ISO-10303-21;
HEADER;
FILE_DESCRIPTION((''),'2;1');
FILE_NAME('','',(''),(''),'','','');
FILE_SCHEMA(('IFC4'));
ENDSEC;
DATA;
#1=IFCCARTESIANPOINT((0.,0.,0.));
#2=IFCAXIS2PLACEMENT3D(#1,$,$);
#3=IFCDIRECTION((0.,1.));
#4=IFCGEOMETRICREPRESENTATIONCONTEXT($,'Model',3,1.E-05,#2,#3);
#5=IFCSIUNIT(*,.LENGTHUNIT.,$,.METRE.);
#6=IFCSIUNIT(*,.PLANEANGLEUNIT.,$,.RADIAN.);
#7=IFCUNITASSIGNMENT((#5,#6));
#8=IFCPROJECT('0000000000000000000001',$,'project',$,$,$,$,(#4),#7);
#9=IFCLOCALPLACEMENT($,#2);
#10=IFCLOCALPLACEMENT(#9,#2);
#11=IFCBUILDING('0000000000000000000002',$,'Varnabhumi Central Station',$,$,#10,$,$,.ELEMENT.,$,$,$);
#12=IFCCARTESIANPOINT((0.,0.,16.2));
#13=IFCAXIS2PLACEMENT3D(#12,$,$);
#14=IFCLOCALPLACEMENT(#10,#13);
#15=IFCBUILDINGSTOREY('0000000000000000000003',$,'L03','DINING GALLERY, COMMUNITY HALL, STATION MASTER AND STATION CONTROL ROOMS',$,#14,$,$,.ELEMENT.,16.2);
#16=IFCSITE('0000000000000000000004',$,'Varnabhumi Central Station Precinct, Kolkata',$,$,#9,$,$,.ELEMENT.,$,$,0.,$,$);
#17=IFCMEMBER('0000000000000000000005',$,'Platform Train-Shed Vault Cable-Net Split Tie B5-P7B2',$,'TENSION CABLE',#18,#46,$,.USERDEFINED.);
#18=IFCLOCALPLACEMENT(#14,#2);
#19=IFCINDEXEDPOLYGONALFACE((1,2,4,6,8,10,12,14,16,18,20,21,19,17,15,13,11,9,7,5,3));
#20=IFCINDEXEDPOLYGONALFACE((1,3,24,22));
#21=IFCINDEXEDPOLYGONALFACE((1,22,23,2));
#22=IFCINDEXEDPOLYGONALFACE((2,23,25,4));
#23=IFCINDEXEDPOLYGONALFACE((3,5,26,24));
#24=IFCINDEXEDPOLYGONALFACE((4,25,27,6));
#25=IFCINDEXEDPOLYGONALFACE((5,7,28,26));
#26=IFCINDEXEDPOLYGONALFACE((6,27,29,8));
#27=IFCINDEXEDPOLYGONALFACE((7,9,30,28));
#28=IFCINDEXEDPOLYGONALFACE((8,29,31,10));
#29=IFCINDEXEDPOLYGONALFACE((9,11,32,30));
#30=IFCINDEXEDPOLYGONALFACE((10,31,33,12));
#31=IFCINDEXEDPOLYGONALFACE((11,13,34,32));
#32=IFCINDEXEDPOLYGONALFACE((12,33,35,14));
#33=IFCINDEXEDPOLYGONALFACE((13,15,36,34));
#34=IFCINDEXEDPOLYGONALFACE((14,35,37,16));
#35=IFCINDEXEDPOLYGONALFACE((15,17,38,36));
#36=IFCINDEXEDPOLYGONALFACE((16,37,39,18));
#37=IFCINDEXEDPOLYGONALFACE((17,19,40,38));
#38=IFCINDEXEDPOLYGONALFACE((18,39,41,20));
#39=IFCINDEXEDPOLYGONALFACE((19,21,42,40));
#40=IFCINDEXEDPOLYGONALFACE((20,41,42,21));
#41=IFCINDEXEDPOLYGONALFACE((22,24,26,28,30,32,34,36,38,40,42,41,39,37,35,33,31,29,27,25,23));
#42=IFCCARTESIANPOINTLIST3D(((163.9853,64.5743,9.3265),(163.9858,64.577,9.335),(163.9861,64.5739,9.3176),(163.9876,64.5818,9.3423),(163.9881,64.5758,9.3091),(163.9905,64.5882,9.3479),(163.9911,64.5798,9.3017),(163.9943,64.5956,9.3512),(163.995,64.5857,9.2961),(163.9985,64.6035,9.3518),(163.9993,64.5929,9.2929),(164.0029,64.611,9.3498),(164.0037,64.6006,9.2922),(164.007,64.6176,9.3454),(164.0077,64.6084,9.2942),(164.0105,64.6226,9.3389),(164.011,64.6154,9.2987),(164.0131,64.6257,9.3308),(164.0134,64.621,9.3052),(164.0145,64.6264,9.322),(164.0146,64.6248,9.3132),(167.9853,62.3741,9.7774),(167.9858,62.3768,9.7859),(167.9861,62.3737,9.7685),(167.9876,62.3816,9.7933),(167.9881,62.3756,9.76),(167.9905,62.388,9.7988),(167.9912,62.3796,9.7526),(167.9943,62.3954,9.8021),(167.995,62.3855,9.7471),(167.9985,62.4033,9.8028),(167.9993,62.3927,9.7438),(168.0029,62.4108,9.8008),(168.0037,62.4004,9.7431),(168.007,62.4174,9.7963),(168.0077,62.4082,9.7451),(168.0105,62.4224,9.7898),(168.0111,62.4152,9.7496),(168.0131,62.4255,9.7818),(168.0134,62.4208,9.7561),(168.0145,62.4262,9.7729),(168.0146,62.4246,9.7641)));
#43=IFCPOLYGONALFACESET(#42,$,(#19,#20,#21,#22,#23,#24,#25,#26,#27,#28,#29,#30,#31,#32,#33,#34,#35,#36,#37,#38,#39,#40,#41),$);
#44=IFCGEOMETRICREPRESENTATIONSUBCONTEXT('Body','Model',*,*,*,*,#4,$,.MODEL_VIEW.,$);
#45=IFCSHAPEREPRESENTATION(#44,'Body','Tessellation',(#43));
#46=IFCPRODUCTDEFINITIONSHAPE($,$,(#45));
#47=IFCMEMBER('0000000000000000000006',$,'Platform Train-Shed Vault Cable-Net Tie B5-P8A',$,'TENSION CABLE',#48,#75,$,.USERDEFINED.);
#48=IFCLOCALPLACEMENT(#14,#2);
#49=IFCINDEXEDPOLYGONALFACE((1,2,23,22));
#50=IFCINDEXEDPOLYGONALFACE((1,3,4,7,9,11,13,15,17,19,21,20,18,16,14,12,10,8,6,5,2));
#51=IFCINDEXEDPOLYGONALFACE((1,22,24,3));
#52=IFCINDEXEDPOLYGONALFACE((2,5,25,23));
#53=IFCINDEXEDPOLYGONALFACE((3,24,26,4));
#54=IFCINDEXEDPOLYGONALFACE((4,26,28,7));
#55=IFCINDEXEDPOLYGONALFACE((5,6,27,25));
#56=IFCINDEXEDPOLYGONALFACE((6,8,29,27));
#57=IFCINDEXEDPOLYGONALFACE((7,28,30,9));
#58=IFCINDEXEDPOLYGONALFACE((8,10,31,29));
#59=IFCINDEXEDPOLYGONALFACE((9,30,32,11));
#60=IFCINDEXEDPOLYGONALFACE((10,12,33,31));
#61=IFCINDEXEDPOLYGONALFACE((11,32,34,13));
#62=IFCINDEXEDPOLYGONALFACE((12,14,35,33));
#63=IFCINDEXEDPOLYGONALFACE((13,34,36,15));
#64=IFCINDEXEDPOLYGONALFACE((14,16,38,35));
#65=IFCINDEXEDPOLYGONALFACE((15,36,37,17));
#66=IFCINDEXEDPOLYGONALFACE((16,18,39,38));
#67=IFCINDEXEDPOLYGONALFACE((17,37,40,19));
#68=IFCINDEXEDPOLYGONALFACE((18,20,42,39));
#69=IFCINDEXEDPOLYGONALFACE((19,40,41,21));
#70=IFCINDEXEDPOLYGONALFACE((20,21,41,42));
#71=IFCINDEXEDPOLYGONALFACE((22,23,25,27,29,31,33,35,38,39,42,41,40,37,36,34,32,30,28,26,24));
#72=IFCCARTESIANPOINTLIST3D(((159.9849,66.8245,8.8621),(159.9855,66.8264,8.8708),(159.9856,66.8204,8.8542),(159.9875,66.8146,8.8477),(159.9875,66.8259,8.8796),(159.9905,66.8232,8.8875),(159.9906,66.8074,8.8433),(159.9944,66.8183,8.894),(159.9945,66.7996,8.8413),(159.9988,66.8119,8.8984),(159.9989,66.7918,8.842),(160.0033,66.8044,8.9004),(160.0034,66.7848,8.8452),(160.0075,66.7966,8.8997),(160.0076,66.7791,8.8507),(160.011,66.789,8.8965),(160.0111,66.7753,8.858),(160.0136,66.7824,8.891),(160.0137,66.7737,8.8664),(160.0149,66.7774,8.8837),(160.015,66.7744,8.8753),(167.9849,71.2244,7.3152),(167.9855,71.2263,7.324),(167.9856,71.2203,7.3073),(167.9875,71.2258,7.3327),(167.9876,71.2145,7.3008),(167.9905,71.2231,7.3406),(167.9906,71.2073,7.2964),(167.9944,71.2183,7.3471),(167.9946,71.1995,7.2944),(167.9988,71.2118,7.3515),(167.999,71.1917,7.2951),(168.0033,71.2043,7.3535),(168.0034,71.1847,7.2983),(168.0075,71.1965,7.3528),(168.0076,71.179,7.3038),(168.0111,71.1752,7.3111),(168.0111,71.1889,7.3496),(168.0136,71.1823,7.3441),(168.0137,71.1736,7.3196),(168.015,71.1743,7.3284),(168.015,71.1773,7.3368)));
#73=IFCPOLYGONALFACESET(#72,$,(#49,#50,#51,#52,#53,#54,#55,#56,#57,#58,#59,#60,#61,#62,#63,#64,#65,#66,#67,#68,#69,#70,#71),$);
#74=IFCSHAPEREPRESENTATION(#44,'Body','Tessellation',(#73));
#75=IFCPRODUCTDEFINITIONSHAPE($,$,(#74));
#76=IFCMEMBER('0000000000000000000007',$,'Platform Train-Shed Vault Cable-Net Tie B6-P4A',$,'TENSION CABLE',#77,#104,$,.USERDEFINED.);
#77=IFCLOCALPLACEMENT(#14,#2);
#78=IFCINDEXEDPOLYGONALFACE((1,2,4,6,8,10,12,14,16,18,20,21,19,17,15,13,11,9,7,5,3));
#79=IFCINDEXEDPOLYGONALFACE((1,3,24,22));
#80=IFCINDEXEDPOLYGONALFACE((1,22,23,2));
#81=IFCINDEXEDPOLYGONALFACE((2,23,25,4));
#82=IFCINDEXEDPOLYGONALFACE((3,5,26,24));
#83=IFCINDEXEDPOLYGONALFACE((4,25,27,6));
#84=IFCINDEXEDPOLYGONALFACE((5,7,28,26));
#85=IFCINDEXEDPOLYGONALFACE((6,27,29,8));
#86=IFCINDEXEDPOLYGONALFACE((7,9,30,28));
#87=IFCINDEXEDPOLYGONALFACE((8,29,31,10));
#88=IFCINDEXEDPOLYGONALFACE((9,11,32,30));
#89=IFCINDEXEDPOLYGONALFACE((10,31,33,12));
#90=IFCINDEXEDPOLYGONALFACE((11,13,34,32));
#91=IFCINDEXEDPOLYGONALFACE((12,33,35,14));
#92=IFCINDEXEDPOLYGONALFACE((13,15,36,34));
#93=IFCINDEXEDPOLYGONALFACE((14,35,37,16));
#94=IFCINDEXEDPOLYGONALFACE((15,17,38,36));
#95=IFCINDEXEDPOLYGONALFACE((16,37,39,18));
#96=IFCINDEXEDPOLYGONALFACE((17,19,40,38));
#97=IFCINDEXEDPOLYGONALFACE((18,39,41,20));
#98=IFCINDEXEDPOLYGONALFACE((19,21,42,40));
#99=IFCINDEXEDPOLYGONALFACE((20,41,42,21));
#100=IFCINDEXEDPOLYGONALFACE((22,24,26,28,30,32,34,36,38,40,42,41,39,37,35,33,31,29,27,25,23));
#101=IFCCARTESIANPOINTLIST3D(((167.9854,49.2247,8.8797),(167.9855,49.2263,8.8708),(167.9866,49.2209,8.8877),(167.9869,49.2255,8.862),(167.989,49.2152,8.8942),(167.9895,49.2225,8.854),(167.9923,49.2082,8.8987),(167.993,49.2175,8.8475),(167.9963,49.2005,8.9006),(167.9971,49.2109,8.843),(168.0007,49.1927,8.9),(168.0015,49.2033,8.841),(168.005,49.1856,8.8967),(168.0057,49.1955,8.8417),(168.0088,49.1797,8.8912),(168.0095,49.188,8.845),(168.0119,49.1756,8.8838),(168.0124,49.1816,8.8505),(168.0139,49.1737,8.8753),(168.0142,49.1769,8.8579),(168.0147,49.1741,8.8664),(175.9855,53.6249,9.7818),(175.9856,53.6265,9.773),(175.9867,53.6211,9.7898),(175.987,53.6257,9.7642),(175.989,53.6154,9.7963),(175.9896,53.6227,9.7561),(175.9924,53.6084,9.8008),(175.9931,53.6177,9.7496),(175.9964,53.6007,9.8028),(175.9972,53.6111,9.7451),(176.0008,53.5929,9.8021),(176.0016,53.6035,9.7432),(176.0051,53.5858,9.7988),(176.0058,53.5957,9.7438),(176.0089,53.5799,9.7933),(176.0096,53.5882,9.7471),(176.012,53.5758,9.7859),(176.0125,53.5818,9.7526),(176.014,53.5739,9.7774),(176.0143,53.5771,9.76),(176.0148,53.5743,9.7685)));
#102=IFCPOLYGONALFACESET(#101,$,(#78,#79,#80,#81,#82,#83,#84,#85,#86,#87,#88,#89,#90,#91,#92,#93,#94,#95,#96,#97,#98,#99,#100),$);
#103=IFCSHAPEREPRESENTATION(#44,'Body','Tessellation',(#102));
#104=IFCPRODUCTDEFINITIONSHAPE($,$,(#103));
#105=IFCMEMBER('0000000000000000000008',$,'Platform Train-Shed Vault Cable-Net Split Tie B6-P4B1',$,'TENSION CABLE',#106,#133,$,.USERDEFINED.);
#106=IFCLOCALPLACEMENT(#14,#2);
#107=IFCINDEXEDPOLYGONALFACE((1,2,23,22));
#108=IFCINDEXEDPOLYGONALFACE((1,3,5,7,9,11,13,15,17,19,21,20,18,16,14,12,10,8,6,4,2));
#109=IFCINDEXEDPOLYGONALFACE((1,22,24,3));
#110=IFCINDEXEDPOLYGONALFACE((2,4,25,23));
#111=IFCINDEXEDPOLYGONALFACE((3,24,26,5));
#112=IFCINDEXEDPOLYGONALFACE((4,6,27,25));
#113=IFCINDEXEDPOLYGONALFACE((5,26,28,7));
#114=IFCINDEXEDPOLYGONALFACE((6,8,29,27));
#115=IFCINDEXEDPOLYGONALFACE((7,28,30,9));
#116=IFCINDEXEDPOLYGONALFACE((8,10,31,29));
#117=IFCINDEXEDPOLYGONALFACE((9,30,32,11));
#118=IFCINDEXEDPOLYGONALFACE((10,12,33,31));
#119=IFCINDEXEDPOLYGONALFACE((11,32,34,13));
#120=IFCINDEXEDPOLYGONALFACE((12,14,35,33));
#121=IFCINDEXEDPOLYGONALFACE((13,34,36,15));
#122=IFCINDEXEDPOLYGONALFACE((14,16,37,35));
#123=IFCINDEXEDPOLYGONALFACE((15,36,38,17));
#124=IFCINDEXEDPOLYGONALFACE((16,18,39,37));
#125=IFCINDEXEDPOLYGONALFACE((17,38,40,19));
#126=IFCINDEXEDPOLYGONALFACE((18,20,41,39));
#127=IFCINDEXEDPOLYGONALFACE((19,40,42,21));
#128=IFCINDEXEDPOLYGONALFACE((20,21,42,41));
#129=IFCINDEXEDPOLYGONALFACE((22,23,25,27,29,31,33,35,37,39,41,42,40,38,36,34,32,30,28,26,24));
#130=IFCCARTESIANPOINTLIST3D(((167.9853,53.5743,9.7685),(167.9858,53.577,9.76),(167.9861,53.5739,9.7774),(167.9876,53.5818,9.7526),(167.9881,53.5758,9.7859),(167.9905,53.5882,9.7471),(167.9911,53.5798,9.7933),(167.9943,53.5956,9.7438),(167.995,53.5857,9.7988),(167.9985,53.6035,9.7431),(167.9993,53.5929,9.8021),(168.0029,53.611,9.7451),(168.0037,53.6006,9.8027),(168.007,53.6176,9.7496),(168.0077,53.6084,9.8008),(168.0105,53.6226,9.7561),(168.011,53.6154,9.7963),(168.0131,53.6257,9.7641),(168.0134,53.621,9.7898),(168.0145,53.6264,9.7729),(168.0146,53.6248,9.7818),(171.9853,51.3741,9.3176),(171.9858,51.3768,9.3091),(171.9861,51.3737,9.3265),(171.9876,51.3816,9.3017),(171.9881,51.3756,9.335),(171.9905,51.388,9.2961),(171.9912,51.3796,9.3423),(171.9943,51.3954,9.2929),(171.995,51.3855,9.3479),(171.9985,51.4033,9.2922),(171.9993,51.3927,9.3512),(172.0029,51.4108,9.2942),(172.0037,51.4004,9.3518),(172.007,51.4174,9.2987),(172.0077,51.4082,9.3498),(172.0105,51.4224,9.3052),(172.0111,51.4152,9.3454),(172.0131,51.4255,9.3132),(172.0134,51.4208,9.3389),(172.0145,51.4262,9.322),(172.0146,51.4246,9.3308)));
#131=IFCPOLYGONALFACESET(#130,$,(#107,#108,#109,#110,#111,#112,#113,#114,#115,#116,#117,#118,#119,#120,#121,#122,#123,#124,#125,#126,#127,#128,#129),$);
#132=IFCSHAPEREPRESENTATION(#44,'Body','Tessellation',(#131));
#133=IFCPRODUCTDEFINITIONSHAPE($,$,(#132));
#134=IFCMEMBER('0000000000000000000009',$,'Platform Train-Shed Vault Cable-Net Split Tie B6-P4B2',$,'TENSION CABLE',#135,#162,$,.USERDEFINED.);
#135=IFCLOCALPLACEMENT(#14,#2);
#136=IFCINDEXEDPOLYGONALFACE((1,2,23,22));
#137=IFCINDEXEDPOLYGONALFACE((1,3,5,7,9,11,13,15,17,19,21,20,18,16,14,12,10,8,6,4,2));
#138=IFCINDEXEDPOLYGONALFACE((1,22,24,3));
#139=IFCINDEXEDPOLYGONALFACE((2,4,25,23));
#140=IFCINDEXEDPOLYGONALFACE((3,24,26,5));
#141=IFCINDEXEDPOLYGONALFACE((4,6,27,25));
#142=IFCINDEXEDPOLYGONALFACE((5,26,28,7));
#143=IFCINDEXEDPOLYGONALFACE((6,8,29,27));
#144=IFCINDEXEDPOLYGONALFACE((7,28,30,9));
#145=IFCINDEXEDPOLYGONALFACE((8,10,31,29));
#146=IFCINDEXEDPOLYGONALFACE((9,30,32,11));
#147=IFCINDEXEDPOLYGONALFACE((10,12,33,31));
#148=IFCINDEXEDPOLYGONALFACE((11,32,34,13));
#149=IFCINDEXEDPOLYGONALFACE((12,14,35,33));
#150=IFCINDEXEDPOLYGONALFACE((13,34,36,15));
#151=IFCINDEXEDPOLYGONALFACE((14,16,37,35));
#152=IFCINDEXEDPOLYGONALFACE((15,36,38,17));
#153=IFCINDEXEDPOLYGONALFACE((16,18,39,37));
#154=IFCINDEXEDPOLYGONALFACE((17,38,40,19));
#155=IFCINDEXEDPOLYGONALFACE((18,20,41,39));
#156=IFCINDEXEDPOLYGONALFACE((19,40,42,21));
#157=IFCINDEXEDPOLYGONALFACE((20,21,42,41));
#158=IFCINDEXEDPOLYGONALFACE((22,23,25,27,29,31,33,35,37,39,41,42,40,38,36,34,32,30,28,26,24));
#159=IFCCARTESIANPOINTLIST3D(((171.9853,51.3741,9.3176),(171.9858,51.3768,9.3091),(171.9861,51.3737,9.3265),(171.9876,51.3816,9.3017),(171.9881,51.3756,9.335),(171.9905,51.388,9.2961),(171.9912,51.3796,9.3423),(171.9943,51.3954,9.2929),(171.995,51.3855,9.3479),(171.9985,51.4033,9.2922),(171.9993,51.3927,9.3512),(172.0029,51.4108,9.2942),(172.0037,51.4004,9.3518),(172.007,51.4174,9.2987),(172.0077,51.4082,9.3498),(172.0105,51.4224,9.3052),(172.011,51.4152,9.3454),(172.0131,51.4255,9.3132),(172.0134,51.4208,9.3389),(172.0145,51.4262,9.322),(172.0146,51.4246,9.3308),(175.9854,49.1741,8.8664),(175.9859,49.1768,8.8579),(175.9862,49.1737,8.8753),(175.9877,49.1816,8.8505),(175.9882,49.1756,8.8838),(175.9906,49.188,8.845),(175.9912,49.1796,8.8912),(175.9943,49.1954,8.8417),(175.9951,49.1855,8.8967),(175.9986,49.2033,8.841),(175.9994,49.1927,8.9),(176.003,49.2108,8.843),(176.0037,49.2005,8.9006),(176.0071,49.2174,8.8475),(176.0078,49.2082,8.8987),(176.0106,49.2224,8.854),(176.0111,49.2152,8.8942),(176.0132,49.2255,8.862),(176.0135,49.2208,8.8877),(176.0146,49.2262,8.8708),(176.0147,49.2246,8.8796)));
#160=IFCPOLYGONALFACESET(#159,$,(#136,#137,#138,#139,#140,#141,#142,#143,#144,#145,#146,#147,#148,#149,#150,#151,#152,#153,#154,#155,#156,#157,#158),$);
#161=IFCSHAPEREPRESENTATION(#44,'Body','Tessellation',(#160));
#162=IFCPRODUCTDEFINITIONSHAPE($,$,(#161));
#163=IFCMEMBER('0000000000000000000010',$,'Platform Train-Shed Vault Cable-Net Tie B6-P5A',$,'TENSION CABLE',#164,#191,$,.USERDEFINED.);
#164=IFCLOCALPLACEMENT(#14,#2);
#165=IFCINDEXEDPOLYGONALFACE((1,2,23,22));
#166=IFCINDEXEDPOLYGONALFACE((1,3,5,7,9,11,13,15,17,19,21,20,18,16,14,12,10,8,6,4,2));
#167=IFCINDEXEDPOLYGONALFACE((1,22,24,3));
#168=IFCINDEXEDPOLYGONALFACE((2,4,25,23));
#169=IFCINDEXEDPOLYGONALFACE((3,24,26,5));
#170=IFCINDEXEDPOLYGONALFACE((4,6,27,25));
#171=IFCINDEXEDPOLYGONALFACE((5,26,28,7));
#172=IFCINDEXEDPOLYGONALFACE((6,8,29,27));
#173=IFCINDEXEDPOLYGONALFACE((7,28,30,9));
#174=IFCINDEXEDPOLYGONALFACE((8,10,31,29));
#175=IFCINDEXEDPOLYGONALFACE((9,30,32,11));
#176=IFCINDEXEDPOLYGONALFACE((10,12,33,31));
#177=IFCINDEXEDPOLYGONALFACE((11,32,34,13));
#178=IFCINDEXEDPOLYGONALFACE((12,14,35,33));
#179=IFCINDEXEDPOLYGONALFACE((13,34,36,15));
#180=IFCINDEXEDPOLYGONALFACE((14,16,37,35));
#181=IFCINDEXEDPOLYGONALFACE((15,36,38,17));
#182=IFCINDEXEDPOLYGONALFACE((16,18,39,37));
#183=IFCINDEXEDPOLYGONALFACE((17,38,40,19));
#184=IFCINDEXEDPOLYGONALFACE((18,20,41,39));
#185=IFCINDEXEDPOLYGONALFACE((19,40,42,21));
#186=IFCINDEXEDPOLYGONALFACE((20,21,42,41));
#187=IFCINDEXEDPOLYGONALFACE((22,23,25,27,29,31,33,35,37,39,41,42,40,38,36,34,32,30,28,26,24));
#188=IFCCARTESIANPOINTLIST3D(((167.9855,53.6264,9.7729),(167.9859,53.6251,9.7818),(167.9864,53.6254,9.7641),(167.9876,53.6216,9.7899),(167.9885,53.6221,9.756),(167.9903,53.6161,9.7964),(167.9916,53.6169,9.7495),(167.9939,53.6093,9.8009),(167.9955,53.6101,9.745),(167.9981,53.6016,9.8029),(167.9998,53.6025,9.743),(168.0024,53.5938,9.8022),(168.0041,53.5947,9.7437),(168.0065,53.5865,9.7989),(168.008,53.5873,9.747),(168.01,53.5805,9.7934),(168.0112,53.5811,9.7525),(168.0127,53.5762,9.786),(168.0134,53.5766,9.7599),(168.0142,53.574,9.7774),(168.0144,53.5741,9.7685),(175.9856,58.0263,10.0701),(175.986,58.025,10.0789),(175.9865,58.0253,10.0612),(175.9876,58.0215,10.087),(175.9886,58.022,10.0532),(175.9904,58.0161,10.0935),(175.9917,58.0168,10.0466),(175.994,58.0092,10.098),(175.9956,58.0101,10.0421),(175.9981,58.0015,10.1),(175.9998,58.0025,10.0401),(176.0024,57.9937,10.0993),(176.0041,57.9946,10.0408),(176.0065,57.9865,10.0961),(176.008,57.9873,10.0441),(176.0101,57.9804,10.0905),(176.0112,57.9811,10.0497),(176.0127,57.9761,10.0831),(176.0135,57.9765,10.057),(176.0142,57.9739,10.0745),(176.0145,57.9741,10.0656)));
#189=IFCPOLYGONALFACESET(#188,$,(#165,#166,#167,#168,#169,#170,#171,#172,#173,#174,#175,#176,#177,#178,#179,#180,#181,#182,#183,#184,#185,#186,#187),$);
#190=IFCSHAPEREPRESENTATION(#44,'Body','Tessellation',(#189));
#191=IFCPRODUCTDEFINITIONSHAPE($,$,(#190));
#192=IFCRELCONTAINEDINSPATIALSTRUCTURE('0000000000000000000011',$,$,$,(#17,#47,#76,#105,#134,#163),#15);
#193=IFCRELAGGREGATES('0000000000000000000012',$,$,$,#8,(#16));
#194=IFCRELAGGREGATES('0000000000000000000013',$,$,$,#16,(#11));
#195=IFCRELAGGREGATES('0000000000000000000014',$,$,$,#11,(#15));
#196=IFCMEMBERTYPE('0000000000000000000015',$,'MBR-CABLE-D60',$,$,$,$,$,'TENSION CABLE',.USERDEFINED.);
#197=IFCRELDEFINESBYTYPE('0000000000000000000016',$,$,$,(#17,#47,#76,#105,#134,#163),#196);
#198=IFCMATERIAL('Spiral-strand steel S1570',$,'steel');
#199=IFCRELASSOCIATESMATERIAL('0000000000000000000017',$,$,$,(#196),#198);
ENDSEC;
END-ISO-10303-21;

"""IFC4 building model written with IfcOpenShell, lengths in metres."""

from ifc_helpers import new_model, si_unit, direction, frame, origin, origin_2d, place, context, subcontext, project, spatial, circle, extrude, material, material_profile, profile_set, type_object, element, save


model = new_model("IFC4")

# Units and contexts
model_context = context("Model", 3, precision=1e-05, world=origin(), true_north=direction((0.0, 1.0)))
body_context = subcontext(model_context, "Body", "Model", "MODEL_VIEW")
ifc_project = project(units=[si_unit("LENGTHUNIT", "METRE"), si_unit("PLANEANGLEUNIT", "RADIAN")], contexts=[model_context])

# Site, building, storey
site_placement = place(None, origin())
site = spatial("IfcSite", under=ifc_project, at=site_placement, Name="Varnabhumi Central Station Precinct, Kolkata", CompositionType="ELEMENT", RefElevation=0.0)
building_placement = place(site_placement, origin())
building = spatial("IfcBuilding", under=site, at=building_placement, Name="Varnabhumi Central Station", CompositionType="ELEMENT")
storey_placement = place(building_placement, frame((0.0, 0.0, 16.2)))
storey = spatial("IfcBuildingStorey", under=building, at=storey_placement, Name="L03", Description="DINING GALLERY, COMMUNITY HALL, STATION MASTER AND STATION CONTROL ROOMS", CompositionType="ELEMENT", Elevation=16.2)

# Members
ifc_material_1 = material(Name="Spiral-strand steel S1570", Category="steel")
ifc_material_profile_1 = material_profile(ifc_material_1, circle(Radius=0.03, at=origin_2d()), Name="Spiral-strand steel S1570", Category="steel")
ifc_profile_set_1 = profile_set([ifc_material_profile_1], Name="Spiral-strand steel S1570")
member_type = type_object("IfcMemberType", Name="MBR-CABLE-D60", ElementType="TENSION CABLE", PredefinedType="USERDEFINED", material=ifc_profile_set_1)
for number, where, z_axis, x_axis, name in (
    (1, (164.0, 64.6001, 9.322), (0.871955, -0.479618, 0.098297), (0.481952, 0.876198, 0.0), "Platform Train-Shed Vault Cable-Net Split Tie B5-P7B2"),
):
    element("IfcMember", number, at=place(storey_placement, frame(where, z_axis=z_axis, x_axis=x_axis)), inside=storey, type_object=member_type, Name=name, ObjectType="TENSION CABLE", PredefinedType="USERDEFINED", context=body_context, shape_type="SweptSolid", body=[
        extrude(circle(Radius=0.03, at=origin_2d()), origin(), (0.0, 0.0, 1.0), 4.5874),
    ])
member_1_placement = place(storey_placement, frame((160.0, 66.8, 8.8708), z_axis=(0.863909, 0.475139, -0.167045), x_axis=(-0.481911, 0.87622, 0.0)))
element("IfcMember", 2, at=member_1_placement, inside=storey, type_object=member_type, Name="Platform Train-Shed Vault Cable-Net Tie B5-P8A", ObjectType="TENSION CABLE", PredefinedType="USERDEFINED", context=body_context, shape_type="SweptSolid", body=[
    extrude(circle(Radius=0.03, at=origin_2d()), origin(), (0.0, 0.0, 1.0), 9.2603),
])
member_2_placement = place(storey_placement, frame((168.0, 49.2, 8.8708), z_axis=(0.871963, 0.479596, 0.098325), x_axis=(-0.481931, 0.876209, 0.0)))
element("IfcMember", 3, at=member_2_placement, inside=storey, type_object=member_type, Name="Platform Train-Shed Vault Cable-Net Tie B6-P4A", ObjectType="TENSION CABLE", PredefinedType="USERDEFINED", context=body_context, shape_type="SweptSolid", body=[
    extrude(circle(Radius=0.03, at=origin_2d()), origin(), (0.0, 0.0, 1.0), 9.1748),
])
for number, where, z_axis, x_axis, name in (
    (4, (168.0, 53.6001, 9.7729), (0.871955, -0.479618, -0.098297), (0.481952, 0.876198, 0.0), "Platform Train-Shed Vault Cable-Net Split Tie B6-P4B1"),
    (5, (172.0, 51.3999, 9.322), (0.871972, -0.479574, -0.098352), (0.481911, 0.87622, 0.0), "Platform Train-Shed Vault Cable-Net Split Tie B6-P4B2"),
):
    element("IfcMember", number, at=place(storey_placement, frame(where, z_axis=z_axis, x_axis=x_axis)), inside=storey, type_object=member_type, Name=name, ObjectType="TENSION CABLE", PredefinedType="USERDEFINED", context=body_context, shape_type="SweptSolid", body=[
        extrude(circle(Radius=0.03, at=origin_2d()), origin(), (0.0, 0.0, 1.0), 4.5874),
    ])
for number, where, z_axis, x_axis, name in (
    (6, (168.0, 53.6001, 9.7729), (0.875757, 0.481656, 0.032526), (-0.481911, 0.87622, 0.0), "Platform Train-Shed Vault Cable-Net Tie B6-P5A"),
):
    element("IfcMember", number, at=place(storey_placement, frame(where, z_axis=z_axis, x_axis=x_axis)), inside=storey, type_object=member_type, Name=name, ObjectType="TENSION CABLE", PredefinedType="USERDEFINED", context=body_context, shape_type="SweptSolid", body=[
        extrude(circle(Radius=0.03, at=origin_2d()), origin(), (0.0, 0.0, 1.0), 9.135),
    ])

save(model, "model.ifc")
